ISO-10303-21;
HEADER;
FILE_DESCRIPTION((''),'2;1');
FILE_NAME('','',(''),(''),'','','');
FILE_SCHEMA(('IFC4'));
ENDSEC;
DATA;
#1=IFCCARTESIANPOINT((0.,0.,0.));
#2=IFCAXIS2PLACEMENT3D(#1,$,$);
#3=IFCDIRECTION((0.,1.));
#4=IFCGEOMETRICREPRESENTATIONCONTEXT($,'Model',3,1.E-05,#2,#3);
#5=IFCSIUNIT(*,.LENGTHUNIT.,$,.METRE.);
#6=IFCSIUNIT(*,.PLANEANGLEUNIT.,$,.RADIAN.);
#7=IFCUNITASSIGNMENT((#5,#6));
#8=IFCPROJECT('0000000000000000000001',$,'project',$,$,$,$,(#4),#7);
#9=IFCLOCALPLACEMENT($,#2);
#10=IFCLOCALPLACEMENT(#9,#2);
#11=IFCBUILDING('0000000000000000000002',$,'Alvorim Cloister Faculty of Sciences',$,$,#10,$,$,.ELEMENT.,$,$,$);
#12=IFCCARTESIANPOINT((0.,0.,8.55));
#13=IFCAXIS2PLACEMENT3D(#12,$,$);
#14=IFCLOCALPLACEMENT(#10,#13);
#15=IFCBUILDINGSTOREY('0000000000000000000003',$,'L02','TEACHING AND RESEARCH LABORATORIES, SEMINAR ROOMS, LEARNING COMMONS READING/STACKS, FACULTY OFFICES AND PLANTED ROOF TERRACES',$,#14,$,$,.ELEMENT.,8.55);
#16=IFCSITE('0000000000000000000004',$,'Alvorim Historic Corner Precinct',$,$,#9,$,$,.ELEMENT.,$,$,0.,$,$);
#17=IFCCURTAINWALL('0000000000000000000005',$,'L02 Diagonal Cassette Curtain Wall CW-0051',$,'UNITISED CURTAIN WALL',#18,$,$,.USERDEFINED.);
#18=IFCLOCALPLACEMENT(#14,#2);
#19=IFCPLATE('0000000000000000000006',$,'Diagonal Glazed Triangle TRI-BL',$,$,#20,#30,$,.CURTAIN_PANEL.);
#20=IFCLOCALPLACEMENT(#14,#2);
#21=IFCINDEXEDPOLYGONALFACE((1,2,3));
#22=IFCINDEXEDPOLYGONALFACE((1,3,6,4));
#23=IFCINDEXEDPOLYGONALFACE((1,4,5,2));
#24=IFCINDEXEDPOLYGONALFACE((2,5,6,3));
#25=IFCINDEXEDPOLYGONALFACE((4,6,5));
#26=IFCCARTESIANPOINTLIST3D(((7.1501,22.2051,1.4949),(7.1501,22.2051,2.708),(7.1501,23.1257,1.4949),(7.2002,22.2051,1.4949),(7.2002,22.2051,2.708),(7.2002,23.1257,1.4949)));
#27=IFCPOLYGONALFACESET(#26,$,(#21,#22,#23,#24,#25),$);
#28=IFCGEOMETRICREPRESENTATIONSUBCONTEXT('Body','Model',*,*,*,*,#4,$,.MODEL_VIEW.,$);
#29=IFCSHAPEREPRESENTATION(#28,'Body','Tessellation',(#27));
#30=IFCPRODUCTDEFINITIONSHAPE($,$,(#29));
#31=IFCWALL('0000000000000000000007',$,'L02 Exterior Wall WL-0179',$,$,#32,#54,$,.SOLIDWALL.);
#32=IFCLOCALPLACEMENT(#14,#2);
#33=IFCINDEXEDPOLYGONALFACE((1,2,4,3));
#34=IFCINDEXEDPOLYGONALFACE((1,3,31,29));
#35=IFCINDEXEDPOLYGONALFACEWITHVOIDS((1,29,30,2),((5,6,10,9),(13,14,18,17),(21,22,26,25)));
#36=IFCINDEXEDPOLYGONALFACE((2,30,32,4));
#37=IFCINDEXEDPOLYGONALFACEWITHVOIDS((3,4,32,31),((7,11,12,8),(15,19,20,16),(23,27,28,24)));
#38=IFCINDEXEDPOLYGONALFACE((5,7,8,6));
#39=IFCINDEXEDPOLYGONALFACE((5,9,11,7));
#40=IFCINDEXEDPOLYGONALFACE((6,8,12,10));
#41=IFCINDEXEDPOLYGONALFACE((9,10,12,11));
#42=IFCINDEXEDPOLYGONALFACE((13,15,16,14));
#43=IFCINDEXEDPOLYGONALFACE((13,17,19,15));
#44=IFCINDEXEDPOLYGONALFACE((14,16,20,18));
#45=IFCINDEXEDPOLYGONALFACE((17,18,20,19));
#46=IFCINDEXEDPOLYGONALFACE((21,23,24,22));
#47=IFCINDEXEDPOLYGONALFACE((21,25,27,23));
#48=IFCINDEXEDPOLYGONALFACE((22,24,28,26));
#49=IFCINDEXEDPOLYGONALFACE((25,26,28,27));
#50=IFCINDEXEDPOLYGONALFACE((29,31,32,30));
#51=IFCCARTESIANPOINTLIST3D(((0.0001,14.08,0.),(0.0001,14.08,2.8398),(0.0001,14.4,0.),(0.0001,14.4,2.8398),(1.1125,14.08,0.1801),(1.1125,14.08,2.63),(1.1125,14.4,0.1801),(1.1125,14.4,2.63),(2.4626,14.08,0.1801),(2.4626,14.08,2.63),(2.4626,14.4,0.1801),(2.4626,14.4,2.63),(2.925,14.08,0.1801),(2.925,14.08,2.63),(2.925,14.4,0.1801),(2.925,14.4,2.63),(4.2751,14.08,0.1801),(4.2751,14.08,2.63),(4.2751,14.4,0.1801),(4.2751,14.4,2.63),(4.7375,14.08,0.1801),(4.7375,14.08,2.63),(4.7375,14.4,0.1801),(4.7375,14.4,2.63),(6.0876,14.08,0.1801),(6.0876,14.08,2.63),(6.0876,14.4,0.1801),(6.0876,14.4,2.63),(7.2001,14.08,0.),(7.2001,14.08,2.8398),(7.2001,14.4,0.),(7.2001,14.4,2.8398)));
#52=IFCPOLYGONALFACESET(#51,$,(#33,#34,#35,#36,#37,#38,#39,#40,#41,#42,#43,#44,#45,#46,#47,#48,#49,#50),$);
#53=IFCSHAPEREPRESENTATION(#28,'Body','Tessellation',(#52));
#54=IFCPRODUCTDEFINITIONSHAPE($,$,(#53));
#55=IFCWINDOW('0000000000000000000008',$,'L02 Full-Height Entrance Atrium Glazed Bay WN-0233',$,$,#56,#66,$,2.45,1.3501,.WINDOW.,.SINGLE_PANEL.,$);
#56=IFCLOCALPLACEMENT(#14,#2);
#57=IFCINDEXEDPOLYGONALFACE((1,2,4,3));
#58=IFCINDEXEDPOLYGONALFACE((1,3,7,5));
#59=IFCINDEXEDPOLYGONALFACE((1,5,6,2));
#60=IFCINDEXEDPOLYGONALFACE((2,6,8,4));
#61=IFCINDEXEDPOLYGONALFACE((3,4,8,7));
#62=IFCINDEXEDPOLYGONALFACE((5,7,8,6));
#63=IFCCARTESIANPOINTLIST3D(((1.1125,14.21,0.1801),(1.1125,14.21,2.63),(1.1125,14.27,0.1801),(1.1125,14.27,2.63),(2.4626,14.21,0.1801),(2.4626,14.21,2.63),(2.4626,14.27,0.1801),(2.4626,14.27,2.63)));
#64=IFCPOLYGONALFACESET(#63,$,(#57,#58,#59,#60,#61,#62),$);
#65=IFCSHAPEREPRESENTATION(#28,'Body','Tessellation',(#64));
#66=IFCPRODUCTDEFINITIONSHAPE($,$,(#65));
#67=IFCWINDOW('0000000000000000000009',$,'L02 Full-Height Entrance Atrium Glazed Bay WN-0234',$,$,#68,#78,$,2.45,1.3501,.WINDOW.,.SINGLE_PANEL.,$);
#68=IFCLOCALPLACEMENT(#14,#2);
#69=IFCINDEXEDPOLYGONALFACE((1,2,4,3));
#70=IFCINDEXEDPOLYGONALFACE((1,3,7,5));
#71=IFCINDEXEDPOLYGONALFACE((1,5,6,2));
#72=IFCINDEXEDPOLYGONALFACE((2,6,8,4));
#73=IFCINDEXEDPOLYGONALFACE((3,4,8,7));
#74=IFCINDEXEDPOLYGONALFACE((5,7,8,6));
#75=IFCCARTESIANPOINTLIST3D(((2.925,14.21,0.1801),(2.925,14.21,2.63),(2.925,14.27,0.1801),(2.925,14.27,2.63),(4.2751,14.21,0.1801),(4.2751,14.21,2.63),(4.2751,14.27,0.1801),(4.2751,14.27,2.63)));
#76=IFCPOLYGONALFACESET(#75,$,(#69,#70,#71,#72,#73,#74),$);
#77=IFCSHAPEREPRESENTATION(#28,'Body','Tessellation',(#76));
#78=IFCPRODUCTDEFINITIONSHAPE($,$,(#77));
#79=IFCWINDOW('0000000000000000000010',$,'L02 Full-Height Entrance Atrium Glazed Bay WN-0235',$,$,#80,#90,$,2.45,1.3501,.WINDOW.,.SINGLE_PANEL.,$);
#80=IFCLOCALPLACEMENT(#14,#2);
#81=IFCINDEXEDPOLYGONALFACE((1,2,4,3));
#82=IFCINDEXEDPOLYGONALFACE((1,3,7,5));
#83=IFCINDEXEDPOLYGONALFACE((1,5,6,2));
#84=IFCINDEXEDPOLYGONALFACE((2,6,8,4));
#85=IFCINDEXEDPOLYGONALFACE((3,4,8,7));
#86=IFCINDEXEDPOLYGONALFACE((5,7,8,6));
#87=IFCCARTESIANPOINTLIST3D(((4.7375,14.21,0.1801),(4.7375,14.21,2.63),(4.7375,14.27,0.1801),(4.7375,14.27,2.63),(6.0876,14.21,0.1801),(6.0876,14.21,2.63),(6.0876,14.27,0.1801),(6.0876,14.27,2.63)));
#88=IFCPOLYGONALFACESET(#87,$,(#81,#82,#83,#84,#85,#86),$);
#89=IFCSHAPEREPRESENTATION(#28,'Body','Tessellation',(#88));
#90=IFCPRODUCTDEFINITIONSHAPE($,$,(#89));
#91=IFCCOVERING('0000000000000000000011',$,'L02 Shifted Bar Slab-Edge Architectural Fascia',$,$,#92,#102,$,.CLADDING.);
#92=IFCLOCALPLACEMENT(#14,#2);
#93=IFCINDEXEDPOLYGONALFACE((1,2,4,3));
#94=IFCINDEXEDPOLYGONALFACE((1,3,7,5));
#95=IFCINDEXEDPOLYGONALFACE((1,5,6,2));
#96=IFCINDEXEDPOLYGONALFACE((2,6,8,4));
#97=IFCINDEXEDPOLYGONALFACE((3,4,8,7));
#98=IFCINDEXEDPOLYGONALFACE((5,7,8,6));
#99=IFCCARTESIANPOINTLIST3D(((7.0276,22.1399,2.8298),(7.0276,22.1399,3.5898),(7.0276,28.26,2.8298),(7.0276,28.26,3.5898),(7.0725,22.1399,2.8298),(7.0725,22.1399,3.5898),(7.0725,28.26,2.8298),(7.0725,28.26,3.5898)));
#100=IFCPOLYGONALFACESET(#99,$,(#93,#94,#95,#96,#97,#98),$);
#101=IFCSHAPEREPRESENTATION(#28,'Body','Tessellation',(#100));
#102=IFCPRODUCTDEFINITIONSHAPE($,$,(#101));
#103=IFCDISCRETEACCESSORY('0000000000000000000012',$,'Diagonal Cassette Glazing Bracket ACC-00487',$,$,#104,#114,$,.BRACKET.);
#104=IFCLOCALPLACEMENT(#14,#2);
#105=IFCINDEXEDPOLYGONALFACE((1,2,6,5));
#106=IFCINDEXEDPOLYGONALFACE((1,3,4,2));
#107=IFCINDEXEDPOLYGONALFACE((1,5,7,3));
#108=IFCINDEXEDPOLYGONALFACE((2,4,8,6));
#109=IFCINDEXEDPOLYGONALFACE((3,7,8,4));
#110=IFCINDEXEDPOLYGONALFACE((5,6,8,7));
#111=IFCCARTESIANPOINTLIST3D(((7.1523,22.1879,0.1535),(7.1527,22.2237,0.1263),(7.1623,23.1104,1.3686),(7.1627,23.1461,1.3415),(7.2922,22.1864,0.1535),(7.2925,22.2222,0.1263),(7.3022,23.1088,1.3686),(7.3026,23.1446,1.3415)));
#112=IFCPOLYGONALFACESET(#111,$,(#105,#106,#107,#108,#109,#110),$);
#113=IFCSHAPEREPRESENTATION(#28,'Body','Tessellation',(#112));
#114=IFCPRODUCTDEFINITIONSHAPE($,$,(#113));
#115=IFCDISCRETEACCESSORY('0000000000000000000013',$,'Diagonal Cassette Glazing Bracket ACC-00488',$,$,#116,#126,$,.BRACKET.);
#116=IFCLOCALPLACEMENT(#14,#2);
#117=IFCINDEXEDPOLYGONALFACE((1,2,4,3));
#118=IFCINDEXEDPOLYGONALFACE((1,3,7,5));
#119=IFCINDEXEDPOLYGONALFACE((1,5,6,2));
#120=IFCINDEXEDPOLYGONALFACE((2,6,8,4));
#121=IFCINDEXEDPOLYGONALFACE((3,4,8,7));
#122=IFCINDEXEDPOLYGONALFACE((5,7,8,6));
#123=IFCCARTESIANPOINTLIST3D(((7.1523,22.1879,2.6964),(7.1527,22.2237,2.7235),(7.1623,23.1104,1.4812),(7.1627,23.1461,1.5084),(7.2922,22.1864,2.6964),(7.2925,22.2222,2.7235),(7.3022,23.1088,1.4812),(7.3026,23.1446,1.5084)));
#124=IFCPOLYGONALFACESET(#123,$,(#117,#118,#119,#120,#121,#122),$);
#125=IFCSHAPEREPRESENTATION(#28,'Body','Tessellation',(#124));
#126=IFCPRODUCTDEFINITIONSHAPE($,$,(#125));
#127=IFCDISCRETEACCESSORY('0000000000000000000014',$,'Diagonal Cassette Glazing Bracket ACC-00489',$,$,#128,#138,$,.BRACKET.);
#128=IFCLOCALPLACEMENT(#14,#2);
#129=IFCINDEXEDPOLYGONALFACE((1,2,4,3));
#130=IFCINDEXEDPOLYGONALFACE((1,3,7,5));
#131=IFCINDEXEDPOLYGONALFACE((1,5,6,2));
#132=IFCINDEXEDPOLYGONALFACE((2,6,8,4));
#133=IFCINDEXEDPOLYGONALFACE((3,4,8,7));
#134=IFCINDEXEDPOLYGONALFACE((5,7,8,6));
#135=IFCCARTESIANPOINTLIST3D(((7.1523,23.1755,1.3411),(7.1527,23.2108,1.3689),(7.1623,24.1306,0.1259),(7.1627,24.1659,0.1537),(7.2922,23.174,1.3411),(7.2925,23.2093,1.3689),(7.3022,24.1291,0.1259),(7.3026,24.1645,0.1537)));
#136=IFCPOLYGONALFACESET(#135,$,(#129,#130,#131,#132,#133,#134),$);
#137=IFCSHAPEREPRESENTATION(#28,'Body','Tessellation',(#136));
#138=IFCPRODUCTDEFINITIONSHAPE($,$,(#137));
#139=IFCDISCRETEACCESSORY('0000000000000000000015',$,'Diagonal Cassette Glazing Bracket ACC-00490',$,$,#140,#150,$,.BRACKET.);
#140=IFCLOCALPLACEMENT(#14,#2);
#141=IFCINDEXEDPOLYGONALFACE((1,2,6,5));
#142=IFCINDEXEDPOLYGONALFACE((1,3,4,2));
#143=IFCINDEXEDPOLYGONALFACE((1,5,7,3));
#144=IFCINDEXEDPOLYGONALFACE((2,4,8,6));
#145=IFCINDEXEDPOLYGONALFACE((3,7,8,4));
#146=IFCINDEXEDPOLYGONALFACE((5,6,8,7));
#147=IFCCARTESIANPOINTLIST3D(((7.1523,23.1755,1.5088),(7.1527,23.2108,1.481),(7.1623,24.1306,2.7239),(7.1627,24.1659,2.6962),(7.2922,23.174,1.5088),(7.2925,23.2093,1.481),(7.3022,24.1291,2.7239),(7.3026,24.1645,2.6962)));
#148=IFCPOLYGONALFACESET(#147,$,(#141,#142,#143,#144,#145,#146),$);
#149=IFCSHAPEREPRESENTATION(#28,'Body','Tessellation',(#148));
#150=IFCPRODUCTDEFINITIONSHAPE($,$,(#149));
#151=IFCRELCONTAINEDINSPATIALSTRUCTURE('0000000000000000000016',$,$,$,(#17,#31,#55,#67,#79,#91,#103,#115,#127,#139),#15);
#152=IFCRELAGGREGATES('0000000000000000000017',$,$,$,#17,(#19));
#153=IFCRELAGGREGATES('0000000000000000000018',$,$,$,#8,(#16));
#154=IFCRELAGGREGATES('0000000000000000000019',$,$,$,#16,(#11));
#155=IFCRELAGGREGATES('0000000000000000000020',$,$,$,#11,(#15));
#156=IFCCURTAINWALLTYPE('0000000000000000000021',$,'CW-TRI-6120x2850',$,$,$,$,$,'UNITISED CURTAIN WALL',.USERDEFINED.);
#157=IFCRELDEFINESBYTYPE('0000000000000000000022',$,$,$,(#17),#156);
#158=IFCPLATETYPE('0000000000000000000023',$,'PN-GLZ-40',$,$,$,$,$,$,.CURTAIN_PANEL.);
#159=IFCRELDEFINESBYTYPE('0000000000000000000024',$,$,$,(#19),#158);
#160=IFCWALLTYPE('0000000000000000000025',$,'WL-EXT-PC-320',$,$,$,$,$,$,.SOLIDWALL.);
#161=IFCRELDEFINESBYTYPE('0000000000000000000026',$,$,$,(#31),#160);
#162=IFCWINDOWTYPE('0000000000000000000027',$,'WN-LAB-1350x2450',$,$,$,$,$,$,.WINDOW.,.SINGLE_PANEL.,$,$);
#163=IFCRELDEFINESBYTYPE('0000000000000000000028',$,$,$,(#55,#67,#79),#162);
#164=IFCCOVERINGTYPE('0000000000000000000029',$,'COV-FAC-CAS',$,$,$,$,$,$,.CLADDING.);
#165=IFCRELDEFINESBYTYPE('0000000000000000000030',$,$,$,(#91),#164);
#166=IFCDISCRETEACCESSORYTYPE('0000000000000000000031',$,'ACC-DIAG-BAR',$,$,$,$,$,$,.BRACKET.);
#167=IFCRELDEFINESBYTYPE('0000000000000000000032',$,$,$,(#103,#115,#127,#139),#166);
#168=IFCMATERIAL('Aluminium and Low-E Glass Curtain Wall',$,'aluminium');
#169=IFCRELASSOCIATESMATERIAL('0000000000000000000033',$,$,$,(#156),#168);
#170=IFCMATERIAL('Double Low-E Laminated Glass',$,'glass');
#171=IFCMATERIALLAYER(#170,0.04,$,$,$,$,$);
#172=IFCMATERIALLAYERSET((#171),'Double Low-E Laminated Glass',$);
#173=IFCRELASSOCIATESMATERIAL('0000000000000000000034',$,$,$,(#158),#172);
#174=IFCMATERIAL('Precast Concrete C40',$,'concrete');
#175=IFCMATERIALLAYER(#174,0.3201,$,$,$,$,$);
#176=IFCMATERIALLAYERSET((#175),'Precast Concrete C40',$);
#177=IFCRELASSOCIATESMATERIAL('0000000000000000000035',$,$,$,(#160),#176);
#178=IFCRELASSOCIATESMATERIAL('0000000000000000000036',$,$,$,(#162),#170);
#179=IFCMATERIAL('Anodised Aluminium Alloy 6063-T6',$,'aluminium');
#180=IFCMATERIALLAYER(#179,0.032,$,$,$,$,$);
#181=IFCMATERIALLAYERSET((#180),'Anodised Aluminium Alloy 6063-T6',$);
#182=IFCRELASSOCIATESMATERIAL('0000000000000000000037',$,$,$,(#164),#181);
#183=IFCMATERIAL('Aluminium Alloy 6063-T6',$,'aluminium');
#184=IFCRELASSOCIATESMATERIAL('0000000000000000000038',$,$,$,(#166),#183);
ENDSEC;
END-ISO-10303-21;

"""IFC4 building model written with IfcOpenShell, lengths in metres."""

from ifc_helpers import new_model, si_unit, direction, frame, frame_2d, origin, origin_2d, place, context, subcontext, project, spatial, polyline, rectangle, outline, extrude, material, layer, layer_set, type_object, element, fill, aggregate, save


model = new_model("IFC4")

# Units and contexts
model_context = context("Model", 3, precision=1e-05, world=origin(), true_north=direction((0.0, 1.0)))
body_context = subcontext(model_context, "Body", "Model", "MODEL_VIEW")
ifc_project = project(units=[si_unit("LENGTHUNIT", "METRE"), si_unit("PLANEANGLEUNIT", "RADIAN")], contexts=[model_context])

# Site, building, storey
site_placement = place(None, origin())
site = spatial("IfcSite", under=ifc_project, at=site_placement, Name="Alvorim Historic Corner Precinct", CompositionType="ELEMENT", RefElevation=0.0)
building_placement = place(site_placement, origin())
building = spatial("IfcBuilding", under=site, at=building_placement, Name="Alvorim Cloister Faculty of Sciences", CompositionType="ELEMENT")
storey_placement = place(building_placement, frame((0.0, 0.0, 8.55)))
storey = spatial("IfcBuildingStorey", under=building, at=storey_placement, Name="L02", Description="TEACHING AND RESEARCH LABORATORIES, SEMINAR ROOMS, LEARNING COMMONS READING/STACKS, FACULTY OFFICES AND PLANTED ROOF TERRACES", CompositionType="ELEMENT", Elevation=8.55)

# Curtain wall
ifc_material_1 = material(Name="Aluminium and Low-E Glass Curtain Wall", Category="aluminium")
curtain_wall_type = type_object("IfcCurtainWallType", Name="CW-TRI-6120x2850", ElementType="UNITISED CURTAIN WALL", PredefinedType="USERDEFINED", material=ifc_material_1)
curtain_wall_1_placement = place(storey_placement, origin())
curtain_wall_1 = element("IfcCurtainWall", 1, at=curtain_wall_1_placement, inside=storey, type_object=curtain_wall_type, Name="L02 Diagonal Cassette Curtain Wall CW-0051", ObjectType="UNITISED CURTAIN WALL", PredefinedType="USERDEFINED")
ifc_material_2 = material(Name="Aluminium Alloy 6063-T6", Category="aluminium")

# Plate
ifc_material_3 = material(Name="Double Low-E Laminated Glass", Category="glass")
ifc_layer_1 = layer(ifc_material_3, 0.04)
ifc_layer_set_1 = layer_set([ifc_layer_1], Name="Double Low-E Laminated Glass")
plate_type_1 = type_object("IfcPlateType", Name="PN-GLZ-40", PredefinedType="CURTAIN_PANEL", material=ifc_layer_set_1)
plate_1_placement = place(storey_placement, frame((7.175, 22.2051, 1.4949), z_axis=(0.0, 0.0, 1.0), x_axis=(0.0, 1.0, 0.0)))
plate_1 = element("IfcPlate", 2, at=plate_1_placement, type_object=plate_type_1, Name="Diagonal Glazed Triangle TRI-BL", PredefinedType="CURTAIN_PANEL", context=body_context, shape_type="SweptSolid", body=[
    extrude(outline(polyline([(0.0, 0.0), (0.9207, 0.0), (0.0, 1.2131), (0.0, 0.0)])), frame((0.0, 0.0249, 0.0), z_axis=(0.0, -1.0, 0.0), x_axis=(1.0, 0.0, 0.0)), (0.0, 0.0, 1.0), 0.05),
])
aggregate(curtain_wall_1, [plate_1])

# Wall, openings, windows
ifc_material_4 = material(Name="Precast Concrete C40", Category="concrete")
ifc_layer_2 = layer(ifc_material_4, 0.3201)
ifc_layer_set_2 = layer_set([ifc_layer_2], Name="Precast Concrete C40")
wall_type = type_object("IfcWallType", Name="WL-EXT-PC-320", PredefinedType="SOLIDWALL", material=ifc_layer_set_2)
wall_placement = place(storey_placement, frame((0.0, 14.24, 0.0), z_axis=(0.0, 0.0, 1.0), x_axis=(1.0, 0.0, 0.0)))
wall = element("IfcWall", 3, at=wall_placement, inside=storey, type_object=wall_type, Name="L02 Exterior Wall WL-0179", PredefinedType="SOLIDWALL", context=body_context, shape_type="SweptSolid", body=[
    extrude(rectangle(XDim=7.2, YDim=0.3201, at=frame_2d((3.6001, 0.0))), origin(), (0.0, 0.0, 1.0), 2.8398),
])
opening_1_placement = place(wall_placement, frame((1.1125, 0.0, 0.1799)))
opening_1 = element("IfcOpeningElement", 4, at=opening_1_placement, cuts=wall, PredefinedType="OPENING", context=body_context, shape_type="SweptSolid", body=[
    extrude(rectangle(XDim=1.3501, YDim=2.45, at=frame_2d((0.675, 1.2251))), frame((0.0, 0.1719, 0.0), z_axis=(0.0, -1.0, 0.0), x_axis=(1.0, 0.0, 0.0)), (0.0, 0.0, 1.0), 0.344),
])
opening_2_placement = place(wall_placement, frame((2.925, 0.0, 0.1799)))
opening_2 = element("IfcOpeningElement", 5, at=opening_2_placement, cuts=wall, PredefinedType="OPENING", context=body_context, shape_type="SweptSolid", body=[
    extrude(rectangle(XDim=1.3501, YDim=2.45, at=frame_2d((0.675, 1.2251))), frame((0.0, 0.1719, 0.0), z_axis=(0.0, -1.0, 0.0), x_axis=(1.0, 0.0, 0.0)), (0.0, 0.0, 1.0), 0.344),
])
opening_3_placement = place(wall_placement, frame((4.7375, 0.0, 0.1799)))
opening_3 = element("IfcOpeningElement", 6, at=opening_3_placement, cuts=wall, PredefinedType="OPENING", context=body_context, shape_type="SweptSolid", body=[
    extrude(rectangle(XDim=1.3501, YDim=2.45, at=frame_2d((0.675, 1.2251))), frame((0.0, 0.1719, 0.0), z_axis=(0.0, -1.0, 0.0), x_axis=(1.0, 0.0, 0.0)), (0.0, 0.0, 1.0), 0.344),
])
window_type = type_object("IfcWindowType", Name="WN-LAB-1350x2450", PartitioningType="SINGLE_PANEL", PredefinedType="WINDOW", material=ifc_material_3)
window_1_placement = place(opening_1_placement, origin())
window_1 = element("IfcWindow", 7, at=window_1_placement, inside=storey, type_object=window_type, Name="L02 Full-Height Entrance Atrium Glazed Bay WN-0233", OverallHeight=2.45, OverallWidth=1.3501, PartitioningType="SINGLE_PANEL", PredefinedType="WINDOW", context=body_context, shape_type="SweptSolid", body=[
    extrude(rectangle(XDim=1.3501, YDim=2.45, at=frame_2d((0.675, 1.2251))), frame((0.0, 0.03, 0.0), z_axis=(0.0, -1.0, 0.0), x_axis=(1.0, 0.0, 0.0)), (0.0, 0.0, 1.0), 0.0601),
])
fill(opening_1, window_1)
window_2_placement = place(opening_2_placement, origin())
window_2 = element("IfcWindow", 8, at=window_2_placement, inside=storey, type_object=window_type, Name="L02 Full-Height Entrance Atrium Glazed Bay WN-0234", OverallHeight=2.45, OverallWidth=1.3501, PartitioningType="SINGLE_PANEL", PredefinedType="WINDOW", context=body_context, shape_type="SweptSolid", body=[
    extrude(rectangle(XDim=1.3501, YDim=2.45, at=frame_2d((0.675, 1.2251))), frame((0.0, 0.03, 0.0), z_axis=(0.0, -1.0, 0.0), x_axis=(1.0, 0.0, 0.0)), (0.0, 0.0, 1.0), 0.0601),
])
fill(opening_2, window_2)
window_3_placement = place(opening_3_placement, origin())
window_3 = element("IfcWindow", 9, at=window_3_placement, inside=storey, type_object=window_type, Name="L02 Full-Height Entrance Atrium Glazed Bay WN-0235", OverallHeight=2.45, OverallWidth=1.3501, PartitioningType="SINGLE_PANEL", PredefinedType="WINDOW", context=body_context, shape_type="SweptSolid", body=[
    extrude(rectangle(XDim=1.3501, YDim=2.45, at=frame_2d((0.675, 1.2251))), frame((0.0, 0.03, 0.0), z_axis=(0.0, -1.0, 0.0), x_axis=(1.0, 0.0, 0.0)), (0.0, 0.0, 1.0), 0.0601),
])
fill(opening_3, window_3)

# Covering
ifc_material_5 = material(Name="Anodised Aluminium Alloy 6063-T6", Category="aluminium")
ifc_layer_3 = layer(ifc_material_5, 0.032)
ifc_layer_set_3 = layer_set([ifc_layer_3], Name="Anodised Aluminium Alloy 6063-T6")
covering_type = type_object("IfcCoveringType", Name="COV-FAC-CAS", PredefinedType="CLADDING", material=ifc_layer_set_3)
covering_placement = place(storey_placement, frame((7.05, 22.1399, 2.8298), z_axis=(0.0, 0.0, 1.0), x_axis=(0.0, 1.0, 0.0)))
element("IfcCovering", 10, at=covering_placement, inside=storey, type_object=covering_type, Name="L02 Shifted Bar Slab-Edge Architectural Fascia", PredefinedType="CLADDING", context=body_context, shape_type="SweptSolid", body=[
    extrude(outline(polyline([(0.0, 0.0), (6.1201, 0.0), (6.1201, 0.76), (0.0, 0.76), (0.0, 0.0)])), frame((0.0, 0.0225, 0.0), z_axis=(0.0, -1.0, 0.0), x_axis=(1.0, 0.0, 0.0)), (0.0, 0.0, 1.0), 0.0449),
])

# Discrete accessories
discrete_accessory_type = type_object("IfcDiscreteAccessoryType", Name="ACC-DIAG-BAR", PredefinedType="BRACKET", material=ifc_material_2)
for number, where, z_axis, x_axis, name in (
    (11, (7.2224, 22.2051, 0.1399), (0.006561, 0.604612, 0.796493), (-0.999941, 0.010852, 0.0), "Diagonal Cassette Glazing Bracket ACC-00487"),
    (12, (7.2224, 22.2051, 2.71), (0.006561, 0.604612, -0.796493), (-0.999941, 0.010852, 0.0), "Diagonal Cassette Glazing Bracket ACC-00488"),
):
    element("IfcDiscreteAccessory", number, at=place(storey_placement, frame(where, z_axis=z_axis, x_axis=x_axis)), inside=storey, type_object=discrete_accessory_type, Name=name, PredefinedType="BRACKET", context=body_context, shape_type="SweptSolid", body=[
        extrude(rectangle(XDim=0.1399, YDim=0.0449, at=origin_2d()), origin(), (0.0, 0.0, 1.0), 1.5256),
    ])
for number, where, z_axis, x_axis, name in (
    (13, (7.2224, 23.1924, 1.355), (0.006477, 0.617955, -0.786187), (-0.999945, 0.01048, 0.0), "Diagonal Cassette Glazing Bracket ACC-00489"),
    (14, (7.2224, 23.1924, 1.4949), (0.006477, 0.617955, 0.786187), (-0.999945, 0.01048, 0.0), "Diagonal Cassette Glazing Bracket ACC-00490"),
):
    element("IfcDiscreteAccessory", number, at=place(storey_placement, frame(where, z_axis=z_axis, x_axis=x_axis)), inside=storey, type_object=discrete_accessory_type, Name=name, PredefinedType="BRACKET", context=body_context, shape_type="SweptSolid", body=[
        extrude(rectangle(XDim=0.1399, YDim=0.0449, at=origin_2d()), origin(), (0.0, 0.0, 1.0), 1.5457),
    ])

save(model, "model.ifc")
